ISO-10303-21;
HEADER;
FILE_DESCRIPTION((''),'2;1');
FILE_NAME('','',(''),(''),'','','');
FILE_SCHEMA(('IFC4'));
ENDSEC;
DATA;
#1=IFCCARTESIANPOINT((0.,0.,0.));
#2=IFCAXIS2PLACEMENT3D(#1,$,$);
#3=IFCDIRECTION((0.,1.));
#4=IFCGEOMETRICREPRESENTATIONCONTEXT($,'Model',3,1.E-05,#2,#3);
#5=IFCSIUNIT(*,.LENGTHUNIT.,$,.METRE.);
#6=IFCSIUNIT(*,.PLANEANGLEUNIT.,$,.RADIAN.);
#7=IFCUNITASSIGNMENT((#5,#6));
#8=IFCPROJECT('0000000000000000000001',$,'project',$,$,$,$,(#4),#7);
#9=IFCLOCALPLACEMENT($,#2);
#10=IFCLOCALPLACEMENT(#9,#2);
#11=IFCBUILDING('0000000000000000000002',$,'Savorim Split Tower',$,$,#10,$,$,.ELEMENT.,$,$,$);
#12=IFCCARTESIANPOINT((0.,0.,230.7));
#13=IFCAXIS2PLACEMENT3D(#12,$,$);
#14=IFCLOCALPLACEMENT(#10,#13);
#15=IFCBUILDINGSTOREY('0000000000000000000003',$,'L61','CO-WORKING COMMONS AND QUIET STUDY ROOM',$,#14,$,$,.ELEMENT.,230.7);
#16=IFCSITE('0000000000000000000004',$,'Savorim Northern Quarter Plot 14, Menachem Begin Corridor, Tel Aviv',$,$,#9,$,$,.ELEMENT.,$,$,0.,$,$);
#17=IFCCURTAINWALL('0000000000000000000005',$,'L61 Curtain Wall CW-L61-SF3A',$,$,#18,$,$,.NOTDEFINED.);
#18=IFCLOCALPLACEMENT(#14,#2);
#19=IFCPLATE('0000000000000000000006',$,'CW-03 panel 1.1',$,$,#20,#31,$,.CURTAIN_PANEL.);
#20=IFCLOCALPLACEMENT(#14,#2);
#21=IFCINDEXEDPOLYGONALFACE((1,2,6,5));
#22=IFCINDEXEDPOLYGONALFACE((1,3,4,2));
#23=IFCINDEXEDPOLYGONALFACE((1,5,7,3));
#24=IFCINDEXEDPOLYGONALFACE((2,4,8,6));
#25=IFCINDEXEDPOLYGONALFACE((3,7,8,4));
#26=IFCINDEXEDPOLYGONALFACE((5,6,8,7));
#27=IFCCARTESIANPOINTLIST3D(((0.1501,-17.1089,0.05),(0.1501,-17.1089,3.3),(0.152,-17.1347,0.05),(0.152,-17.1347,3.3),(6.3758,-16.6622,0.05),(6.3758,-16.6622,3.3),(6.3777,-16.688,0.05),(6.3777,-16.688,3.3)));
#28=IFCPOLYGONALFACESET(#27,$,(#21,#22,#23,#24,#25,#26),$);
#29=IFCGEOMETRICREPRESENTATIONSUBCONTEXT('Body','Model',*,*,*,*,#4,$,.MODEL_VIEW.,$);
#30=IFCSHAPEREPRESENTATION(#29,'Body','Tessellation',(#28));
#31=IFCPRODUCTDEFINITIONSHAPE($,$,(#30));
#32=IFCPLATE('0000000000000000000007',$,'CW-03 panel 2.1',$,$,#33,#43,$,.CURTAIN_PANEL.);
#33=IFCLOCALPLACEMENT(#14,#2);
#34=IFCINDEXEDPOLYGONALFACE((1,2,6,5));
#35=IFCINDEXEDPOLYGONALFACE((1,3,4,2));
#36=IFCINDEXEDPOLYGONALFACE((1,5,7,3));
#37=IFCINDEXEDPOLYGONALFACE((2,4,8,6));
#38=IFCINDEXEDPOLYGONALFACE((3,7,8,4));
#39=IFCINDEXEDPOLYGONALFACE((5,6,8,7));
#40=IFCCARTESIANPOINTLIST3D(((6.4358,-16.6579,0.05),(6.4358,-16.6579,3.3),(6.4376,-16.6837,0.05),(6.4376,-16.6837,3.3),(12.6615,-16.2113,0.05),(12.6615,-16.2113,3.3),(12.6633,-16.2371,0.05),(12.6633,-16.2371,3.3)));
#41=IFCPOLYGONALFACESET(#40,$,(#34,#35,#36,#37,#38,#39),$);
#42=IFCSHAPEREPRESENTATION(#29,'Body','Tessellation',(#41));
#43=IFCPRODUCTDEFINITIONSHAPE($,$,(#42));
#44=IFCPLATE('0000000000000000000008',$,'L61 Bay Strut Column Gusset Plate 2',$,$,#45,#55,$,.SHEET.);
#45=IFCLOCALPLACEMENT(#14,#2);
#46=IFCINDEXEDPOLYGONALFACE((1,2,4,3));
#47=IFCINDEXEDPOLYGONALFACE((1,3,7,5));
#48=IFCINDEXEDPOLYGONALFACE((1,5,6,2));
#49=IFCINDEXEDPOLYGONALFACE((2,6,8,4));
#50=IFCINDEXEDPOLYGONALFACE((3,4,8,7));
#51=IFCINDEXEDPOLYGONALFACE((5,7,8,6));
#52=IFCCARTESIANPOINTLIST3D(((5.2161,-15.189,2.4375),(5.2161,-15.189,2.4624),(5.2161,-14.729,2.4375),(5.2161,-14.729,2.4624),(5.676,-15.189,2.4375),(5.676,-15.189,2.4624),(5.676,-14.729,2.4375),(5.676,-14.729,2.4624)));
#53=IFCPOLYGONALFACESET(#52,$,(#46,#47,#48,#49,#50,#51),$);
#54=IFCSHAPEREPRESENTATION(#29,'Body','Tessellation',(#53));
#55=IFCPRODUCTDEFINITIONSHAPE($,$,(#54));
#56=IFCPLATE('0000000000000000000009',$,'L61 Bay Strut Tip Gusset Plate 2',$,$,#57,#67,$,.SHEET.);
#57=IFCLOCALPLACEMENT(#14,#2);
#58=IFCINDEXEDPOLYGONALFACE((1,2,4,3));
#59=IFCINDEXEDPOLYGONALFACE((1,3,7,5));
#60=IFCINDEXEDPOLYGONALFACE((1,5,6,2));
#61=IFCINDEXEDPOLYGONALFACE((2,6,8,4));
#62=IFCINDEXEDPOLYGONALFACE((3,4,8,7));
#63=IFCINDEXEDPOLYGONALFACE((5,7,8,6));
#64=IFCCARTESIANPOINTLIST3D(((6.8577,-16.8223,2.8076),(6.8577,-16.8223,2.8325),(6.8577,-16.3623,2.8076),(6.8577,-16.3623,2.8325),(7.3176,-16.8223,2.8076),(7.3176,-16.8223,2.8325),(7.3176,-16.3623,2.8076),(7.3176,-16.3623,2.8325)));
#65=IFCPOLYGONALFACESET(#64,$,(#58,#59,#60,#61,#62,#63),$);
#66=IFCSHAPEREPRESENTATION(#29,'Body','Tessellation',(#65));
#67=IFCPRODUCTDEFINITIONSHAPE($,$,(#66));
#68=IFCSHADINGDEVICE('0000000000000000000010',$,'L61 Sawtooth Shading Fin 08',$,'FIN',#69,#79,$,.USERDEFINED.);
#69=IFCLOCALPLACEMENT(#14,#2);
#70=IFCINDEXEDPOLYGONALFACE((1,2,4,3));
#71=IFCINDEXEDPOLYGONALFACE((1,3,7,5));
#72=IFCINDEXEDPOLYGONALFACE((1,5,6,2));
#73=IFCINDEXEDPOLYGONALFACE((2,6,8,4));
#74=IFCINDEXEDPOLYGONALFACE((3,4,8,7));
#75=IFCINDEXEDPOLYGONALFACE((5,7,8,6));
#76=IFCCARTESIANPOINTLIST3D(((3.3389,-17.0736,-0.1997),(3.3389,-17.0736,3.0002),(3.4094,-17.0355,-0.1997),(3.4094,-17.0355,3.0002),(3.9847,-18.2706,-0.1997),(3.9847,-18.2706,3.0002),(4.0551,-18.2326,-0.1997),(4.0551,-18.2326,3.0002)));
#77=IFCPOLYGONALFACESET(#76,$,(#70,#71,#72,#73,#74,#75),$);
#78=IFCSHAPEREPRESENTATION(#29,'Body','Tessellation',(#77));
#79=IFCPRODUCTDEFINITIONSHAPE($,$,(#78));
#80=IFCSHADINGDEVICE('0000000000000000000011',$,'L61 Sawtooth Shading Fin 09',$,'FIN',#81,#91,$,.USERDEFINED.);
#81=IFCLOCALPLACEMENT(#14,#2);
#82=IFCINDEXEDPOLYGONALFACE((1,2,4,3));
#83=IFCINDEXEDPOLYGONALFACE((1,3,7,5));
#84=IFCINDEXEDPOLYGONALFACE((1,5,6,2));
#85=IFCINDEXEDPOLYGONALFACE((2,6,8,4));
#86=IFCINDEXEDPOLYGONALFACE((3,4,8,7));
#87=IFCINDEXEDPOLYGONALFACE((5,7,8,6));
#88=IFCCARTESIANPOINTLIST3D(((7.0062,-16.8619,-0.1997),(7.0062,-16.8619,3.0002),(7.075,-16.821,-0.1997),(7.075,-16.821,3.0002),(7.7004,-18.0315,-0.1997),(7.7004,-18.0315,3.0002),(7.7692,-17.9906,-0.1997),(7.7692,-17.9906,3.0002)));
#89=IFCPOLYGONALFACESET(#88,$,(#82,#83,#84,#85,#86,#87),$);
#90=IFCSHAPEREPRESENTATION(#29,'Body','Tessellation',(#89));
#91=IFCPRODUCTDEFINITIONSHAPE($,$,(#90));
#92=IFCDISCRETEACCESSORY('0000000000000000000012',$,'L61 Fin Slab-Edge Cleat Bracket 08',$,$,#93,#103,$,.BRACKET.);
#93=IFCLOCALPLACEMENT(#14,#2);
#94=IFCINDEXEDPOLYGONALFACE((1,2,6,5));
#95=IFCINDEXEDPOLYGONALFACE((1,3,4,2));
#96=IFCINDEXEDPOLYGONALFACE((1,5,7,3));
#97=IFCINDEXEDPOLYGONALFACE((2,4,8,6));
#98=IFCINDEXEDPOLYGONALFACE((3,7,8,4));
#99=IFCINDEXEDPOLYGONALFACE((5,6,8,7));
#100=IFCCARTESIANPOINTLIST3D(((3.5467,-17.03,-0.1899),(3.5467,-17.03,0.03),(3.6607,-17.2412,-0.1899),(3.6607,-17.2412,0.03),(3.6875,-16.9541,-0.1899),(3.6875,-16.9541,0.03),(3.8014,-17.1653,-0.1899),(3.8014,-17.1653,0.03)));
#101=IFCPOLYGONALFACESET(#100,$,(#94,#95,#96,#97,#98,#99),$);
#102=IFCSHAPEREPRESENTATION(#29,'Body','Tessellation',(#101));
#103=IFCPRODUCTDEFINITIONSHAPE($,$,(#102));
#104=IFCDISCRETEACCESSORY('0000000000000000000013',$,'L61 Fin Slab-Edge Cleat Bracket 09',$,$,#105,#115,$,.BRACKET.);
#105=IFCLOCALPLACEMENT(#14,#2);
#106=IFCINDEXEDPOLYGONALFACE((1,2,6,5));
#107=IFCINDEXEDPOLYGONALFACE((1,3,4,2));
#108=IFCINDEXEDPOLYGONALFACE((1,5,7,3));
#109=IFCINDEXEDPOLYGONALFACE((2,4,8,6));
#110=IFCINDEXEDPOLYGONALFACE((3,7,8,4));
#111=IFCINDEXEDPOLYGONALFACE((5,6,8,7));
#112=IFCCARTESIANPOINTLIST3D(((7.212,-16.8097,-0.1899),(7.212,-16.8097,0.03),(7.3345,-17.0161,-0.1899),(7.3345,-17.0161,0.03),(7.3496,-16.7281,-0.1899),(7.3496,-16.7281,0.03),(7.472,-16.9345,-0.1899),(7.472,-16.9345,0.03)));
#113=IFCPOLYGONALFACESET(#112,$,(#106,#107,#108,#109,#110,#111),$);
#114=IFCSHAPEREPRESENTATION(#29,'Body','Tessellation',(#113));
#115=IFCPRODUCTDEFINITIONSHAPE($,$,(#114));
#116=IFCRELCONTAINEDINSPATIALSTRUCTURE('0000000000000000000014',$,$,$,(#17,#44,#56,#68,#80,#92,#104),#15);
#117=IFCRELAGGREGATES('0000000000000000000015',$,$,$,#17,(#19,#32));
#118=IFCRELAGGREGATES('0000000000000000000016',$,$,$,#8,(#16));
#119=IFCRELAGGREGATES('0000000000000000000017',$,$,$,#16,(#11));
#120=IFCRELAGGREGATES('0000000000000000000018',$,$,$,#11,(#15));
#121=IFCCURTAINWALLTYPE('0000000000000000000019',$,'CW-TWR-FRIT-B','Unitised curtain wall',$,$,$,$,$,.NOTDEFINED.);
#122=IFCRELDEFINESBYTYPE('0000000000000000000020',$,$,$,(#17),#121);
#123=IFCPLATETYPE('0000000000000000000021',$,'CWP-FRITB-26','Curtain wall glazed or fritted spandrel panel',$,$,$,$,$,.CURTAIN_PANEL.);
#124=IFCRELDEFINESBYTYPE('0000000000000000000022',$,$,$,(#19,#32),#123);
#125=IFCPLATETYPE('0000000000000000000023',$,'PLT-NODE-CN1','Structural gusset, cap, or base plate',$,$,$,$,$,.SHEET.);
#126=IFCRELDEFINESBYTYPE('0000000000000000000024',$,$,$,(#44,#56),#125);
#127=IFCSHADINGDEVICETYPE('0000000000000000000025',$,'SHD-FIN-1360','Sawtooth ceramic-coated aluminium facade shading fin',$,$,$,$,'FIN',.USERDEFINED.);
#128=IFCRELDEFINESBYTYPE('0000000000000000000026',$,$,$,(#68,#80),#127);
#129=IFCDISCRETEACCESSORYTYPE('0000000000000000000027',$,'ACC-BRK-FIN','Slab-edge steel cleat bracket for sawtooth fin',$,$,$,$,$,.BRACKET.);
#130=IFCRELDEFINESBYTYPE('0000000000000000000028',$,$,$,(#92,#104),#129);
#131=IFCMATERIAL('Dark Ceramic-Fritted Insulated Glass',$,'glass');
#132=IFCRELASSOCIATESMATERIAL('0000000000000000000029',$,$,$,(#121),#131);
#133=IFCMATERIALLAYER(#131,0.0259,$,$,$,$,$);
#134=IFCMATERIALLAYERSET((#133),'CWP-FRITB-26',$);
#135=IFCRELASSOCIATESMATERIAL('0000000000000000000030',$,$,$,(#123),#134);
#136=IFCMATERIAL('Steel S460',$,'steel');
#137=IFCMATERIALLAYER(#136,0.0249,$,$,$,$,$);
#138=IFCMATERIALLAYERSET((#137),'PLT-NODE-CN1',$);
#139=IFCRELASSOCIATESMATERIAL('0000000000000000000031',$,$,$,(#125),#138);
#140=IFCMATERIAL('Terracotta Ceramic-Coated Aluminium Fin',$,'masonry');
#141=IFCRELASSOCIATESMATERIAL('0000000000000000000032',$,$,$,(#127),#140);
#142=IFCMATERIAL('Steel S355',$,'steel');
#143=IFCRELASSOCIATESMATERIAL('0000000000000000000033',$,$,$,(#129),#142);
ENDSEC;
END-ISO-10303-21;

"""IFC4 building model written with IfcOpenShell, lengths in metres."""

from ifc_helpers import new_model, si_unit, direction, frame, origin, origin_2d, place, context, subcontext, project, spatial, rectangle, extrude, material, layer, layer_set, type_object, element, aggregate, save


model = new_model("IFC4")

# Units and contexts
model_context = context("Model", 3, precision=1e-05, world=origin(), true_north=direction((0.0, 1.0)))
body_context = subcontext(model_context, "Body", "Model", "MODEL_VIEW")
ifc_project = project(units=[si_unit("LENGTHUNIT", "METRE"), si_unit("PLANEANGLEUNIT", "RADIAN")], contexts=[model_context])

# Site, building, storey
site_placement = place(None, origin())
site = spatial("IfcSite", under=ifc_project, at=site_placement, Name="Savorim Northern Quarter Plot 14, Menachem Begin Corridor, Tel Aviv", CompositionType="ELEMENT", RefElevation=0.0)
building_placement = place(site_placement, origin())
building = spatial("IfcBuilding", under=site, at=building_placement, Name="Savorim Split Tower", CompositionType="ELEMENT")
storey_placement = place(building_placement, frame((0.0, 0.0, 230.7)))
storey = spatial("IfcBuildingStorey", under=building, at=storey_placement, Name="L61", Description="CO-WORKING COMMONS AND QUIET STUDY ROOM", CompositionType="ELEMENT", Elevation=230.7)

# Shared definitions
ifc_material_1 = material(Name="Steel S355", Category="steel")

# Curtain wall
ifc_material_2 = material(Name="Dark Ceramic-Fritted Insulated Glass", Category="glass")
curtain_wall_type = type_object("IfcCurtainWallType", Name="CW-TWR-FRIT-B", Description="Unitised curtain wall", PredefinedType="NOTDEFINED", material=ifc_material_2)
curtain_wall_placement = place(storey_placement, origin())
curtain_wall = element("IfcCurtainWall", 1, at=curtain_wall_placement, inside=storey, type_object=curtain_wall_type, Name="L61 Curtain Wall CW-L61-SF3A", PredefinedType="NOTDEFINED")

# Plates
ifc_layer_1 = layer(ifc_material_2, 0.0259)
ifc_layer_set_1 = layer_set([ifc_layer_1], Name="CWP-FRITB-26")
plate_type_1 = type_object("IfcPlateType", Name="CWP-FRITB-26", Description="Curtain wall glazed or fritted spandrel panel", PredefinedType="CURTAIN_PANEL", material=ifc_layer_set_1)
plate_1_placement = place(storey_placement, frame((3.2639, -16.8984, 0.05), z_axis=(0.0, 0.0, 1.0), x_axis=(0.997436, 0.07156, 0.0)))
plate_1 = element("IfcPlate", 2, at=plate_1_placement, type_object=plate_type_1, Name="CW-03 panel 1.1", PredefinedType="CURTAIN_PANEL", context=body_context, shape_type="SweptSolid", body=[
    extrude(rectangle(XDim=6.2417, YDim=0.0259, at=origin_2d()), origin(), (0.0, 0.0, 1.0), 3.25),
])
plate_2_placement = place(storey_placement, frame((9.5496, -16.4475, 0.05), z_axis=(0.0, 0.0, 1.0), x_axis=(0.997436, 0.07156, 0.0)))
plate_2 = element("IfcPlate", 3, at=plate_2_placement, type_object=plate_type_1, Name="CW-03 panel 2.1", PredefinedType="CURTAIN_PANEL", context=body_context, shape_type="SweptSolid", body=[
    extrude(rectangle(XDim=6.2417, YDim=0.0259, at=origin_2d()), origin(), (0.0, 0.0, 1.0), 3.25),
])
aggregate(curtain_wall, [plate_1, plate_2])

# Plates
ifc_material_3 = material(Name="Steel S460", Category="steel")
ifc_layer_2 = layer(ifc_material_3, 0.0249)
ifc_layer_set_2 = layer_set([ifc_layer_2], Name="PLT-NODE-CN1")
plate_type_2 = type_object("IfcPlateType", Name="PLT-NODE-CN1", Description="Structural gusset, cap, or base plate", PredefinedType="SHEET", material=ifc_layer_set_2)
for number, where, z_axis, x_axis, name in (
    (4, (5.446, -14.959, 2.4375), (0.0, 0.0, 1.0), (1.0, 0.0, 0.0), "L61 Bay Strut Column Gusset Plate 2"),
    (5, (7.0876, -16.5923, 2.8076), (0.0, 0.0, 1.0), (1.0, 0.0, 0.0), "L61 Bay Strut Tip Gusset Plate 2"),
):
    element("IfcPlate", number, at=place(storey_placement, frame(where, z_axis=z_axis, x_axis=x_axis)), inside=storey, type_object=plate_type_2, Name=name, PredefinedType="SHEET", context=body_context, shape_type="SweptSolid", body=[
        extrude(rectangle(XDim=0.46, YDim=0.46, at=origin_2d()), origin(), (0.0, 0.0, 1.0), 0.0249),
    ])

# Shading devices
ifc_material_4 = material(Name="Terracotta Ceramic-Coated Aluminium Fin", Category="masonry")
shading_device_type = type_object("IfcShadingDeviceType", Name="SHD-FIN-1360", Description="Sawtooth ceramic-coated aluminium facade shading fin", ElementType="FIN", PredefinedType="USERDEFINED", material=ifc_material_4)
for number, where, z_axis, x_axis, name in (
    (6, (3.697, -17.6531, -0.1997), (0.0, 0.0, 1.0), (0.474778, -0.880106, 0.0), "L61 Sawtooth Shading Fin 08"),
    (7, (7.3877, -17.4263, -0.1997), (0.0, 0.0, 1.0), (0.510391, -0.859942, 0.0), "L61 Sawtooth Shading Fin 09"),
):
    element("IfcShadingDevice", number, at=place(storey_placement, frame(where, z_axis=z_axis, x_axis=x_axis)), inside=storey, type_object=shading_device_type, Name=name, ObjectType="FIN", PredefinedType="USERDEFINED", context=body_context, shape_type="SweptSolid", body=[
        extrude(rectangle(XDim=1.3601, YDim=0.0801, at=origin_2d()), origin(), (0.0, 0.0, 1.0), 3.2),
    ])

# Discrete accessories
discrete_accessory_type = type_object("IfcDiscreteAccessoryType", Name="ACC-BRK-FIN", Description="Slab-edge steel cleat bracket for sawtooth fin", PredefinedType="BRACKET", material=ifc_material_1)
for number, where, z_axis, x_axis, name in (
    (8, (3.6741, -17.0977, -0.1899), (0.0, 0.0, 1.0), (0.474778, -0.880106, 0.0), "L61 Fin Slab-Edge Cleat Bracket 08"),
    (9, (7.342, -16.8721, -0.1899), (0.0, 0.0, 1.0), (0.510391, -0.859942, 0.0), "L61 Fin Slab-Edge Cleat Bracket 09"),
):
    element("IfcDiscreteAccessory", number, at=place(storey_placement, frame(where, z_axis=z_axis, x_axis=x_axis)), inside=storey, type_object=discrete_accessory_type, Name=name, PredefinedType="BRACKET", context=body_context, shape_type="SweptSolid", body=[
        extrude(rectangle(XDim=0.24, YDim=0.1599, at=origin_2d()), origin(), (0.0, 0.0, 1.0), 0.22),
    ])

save(model, "model.ifc")
